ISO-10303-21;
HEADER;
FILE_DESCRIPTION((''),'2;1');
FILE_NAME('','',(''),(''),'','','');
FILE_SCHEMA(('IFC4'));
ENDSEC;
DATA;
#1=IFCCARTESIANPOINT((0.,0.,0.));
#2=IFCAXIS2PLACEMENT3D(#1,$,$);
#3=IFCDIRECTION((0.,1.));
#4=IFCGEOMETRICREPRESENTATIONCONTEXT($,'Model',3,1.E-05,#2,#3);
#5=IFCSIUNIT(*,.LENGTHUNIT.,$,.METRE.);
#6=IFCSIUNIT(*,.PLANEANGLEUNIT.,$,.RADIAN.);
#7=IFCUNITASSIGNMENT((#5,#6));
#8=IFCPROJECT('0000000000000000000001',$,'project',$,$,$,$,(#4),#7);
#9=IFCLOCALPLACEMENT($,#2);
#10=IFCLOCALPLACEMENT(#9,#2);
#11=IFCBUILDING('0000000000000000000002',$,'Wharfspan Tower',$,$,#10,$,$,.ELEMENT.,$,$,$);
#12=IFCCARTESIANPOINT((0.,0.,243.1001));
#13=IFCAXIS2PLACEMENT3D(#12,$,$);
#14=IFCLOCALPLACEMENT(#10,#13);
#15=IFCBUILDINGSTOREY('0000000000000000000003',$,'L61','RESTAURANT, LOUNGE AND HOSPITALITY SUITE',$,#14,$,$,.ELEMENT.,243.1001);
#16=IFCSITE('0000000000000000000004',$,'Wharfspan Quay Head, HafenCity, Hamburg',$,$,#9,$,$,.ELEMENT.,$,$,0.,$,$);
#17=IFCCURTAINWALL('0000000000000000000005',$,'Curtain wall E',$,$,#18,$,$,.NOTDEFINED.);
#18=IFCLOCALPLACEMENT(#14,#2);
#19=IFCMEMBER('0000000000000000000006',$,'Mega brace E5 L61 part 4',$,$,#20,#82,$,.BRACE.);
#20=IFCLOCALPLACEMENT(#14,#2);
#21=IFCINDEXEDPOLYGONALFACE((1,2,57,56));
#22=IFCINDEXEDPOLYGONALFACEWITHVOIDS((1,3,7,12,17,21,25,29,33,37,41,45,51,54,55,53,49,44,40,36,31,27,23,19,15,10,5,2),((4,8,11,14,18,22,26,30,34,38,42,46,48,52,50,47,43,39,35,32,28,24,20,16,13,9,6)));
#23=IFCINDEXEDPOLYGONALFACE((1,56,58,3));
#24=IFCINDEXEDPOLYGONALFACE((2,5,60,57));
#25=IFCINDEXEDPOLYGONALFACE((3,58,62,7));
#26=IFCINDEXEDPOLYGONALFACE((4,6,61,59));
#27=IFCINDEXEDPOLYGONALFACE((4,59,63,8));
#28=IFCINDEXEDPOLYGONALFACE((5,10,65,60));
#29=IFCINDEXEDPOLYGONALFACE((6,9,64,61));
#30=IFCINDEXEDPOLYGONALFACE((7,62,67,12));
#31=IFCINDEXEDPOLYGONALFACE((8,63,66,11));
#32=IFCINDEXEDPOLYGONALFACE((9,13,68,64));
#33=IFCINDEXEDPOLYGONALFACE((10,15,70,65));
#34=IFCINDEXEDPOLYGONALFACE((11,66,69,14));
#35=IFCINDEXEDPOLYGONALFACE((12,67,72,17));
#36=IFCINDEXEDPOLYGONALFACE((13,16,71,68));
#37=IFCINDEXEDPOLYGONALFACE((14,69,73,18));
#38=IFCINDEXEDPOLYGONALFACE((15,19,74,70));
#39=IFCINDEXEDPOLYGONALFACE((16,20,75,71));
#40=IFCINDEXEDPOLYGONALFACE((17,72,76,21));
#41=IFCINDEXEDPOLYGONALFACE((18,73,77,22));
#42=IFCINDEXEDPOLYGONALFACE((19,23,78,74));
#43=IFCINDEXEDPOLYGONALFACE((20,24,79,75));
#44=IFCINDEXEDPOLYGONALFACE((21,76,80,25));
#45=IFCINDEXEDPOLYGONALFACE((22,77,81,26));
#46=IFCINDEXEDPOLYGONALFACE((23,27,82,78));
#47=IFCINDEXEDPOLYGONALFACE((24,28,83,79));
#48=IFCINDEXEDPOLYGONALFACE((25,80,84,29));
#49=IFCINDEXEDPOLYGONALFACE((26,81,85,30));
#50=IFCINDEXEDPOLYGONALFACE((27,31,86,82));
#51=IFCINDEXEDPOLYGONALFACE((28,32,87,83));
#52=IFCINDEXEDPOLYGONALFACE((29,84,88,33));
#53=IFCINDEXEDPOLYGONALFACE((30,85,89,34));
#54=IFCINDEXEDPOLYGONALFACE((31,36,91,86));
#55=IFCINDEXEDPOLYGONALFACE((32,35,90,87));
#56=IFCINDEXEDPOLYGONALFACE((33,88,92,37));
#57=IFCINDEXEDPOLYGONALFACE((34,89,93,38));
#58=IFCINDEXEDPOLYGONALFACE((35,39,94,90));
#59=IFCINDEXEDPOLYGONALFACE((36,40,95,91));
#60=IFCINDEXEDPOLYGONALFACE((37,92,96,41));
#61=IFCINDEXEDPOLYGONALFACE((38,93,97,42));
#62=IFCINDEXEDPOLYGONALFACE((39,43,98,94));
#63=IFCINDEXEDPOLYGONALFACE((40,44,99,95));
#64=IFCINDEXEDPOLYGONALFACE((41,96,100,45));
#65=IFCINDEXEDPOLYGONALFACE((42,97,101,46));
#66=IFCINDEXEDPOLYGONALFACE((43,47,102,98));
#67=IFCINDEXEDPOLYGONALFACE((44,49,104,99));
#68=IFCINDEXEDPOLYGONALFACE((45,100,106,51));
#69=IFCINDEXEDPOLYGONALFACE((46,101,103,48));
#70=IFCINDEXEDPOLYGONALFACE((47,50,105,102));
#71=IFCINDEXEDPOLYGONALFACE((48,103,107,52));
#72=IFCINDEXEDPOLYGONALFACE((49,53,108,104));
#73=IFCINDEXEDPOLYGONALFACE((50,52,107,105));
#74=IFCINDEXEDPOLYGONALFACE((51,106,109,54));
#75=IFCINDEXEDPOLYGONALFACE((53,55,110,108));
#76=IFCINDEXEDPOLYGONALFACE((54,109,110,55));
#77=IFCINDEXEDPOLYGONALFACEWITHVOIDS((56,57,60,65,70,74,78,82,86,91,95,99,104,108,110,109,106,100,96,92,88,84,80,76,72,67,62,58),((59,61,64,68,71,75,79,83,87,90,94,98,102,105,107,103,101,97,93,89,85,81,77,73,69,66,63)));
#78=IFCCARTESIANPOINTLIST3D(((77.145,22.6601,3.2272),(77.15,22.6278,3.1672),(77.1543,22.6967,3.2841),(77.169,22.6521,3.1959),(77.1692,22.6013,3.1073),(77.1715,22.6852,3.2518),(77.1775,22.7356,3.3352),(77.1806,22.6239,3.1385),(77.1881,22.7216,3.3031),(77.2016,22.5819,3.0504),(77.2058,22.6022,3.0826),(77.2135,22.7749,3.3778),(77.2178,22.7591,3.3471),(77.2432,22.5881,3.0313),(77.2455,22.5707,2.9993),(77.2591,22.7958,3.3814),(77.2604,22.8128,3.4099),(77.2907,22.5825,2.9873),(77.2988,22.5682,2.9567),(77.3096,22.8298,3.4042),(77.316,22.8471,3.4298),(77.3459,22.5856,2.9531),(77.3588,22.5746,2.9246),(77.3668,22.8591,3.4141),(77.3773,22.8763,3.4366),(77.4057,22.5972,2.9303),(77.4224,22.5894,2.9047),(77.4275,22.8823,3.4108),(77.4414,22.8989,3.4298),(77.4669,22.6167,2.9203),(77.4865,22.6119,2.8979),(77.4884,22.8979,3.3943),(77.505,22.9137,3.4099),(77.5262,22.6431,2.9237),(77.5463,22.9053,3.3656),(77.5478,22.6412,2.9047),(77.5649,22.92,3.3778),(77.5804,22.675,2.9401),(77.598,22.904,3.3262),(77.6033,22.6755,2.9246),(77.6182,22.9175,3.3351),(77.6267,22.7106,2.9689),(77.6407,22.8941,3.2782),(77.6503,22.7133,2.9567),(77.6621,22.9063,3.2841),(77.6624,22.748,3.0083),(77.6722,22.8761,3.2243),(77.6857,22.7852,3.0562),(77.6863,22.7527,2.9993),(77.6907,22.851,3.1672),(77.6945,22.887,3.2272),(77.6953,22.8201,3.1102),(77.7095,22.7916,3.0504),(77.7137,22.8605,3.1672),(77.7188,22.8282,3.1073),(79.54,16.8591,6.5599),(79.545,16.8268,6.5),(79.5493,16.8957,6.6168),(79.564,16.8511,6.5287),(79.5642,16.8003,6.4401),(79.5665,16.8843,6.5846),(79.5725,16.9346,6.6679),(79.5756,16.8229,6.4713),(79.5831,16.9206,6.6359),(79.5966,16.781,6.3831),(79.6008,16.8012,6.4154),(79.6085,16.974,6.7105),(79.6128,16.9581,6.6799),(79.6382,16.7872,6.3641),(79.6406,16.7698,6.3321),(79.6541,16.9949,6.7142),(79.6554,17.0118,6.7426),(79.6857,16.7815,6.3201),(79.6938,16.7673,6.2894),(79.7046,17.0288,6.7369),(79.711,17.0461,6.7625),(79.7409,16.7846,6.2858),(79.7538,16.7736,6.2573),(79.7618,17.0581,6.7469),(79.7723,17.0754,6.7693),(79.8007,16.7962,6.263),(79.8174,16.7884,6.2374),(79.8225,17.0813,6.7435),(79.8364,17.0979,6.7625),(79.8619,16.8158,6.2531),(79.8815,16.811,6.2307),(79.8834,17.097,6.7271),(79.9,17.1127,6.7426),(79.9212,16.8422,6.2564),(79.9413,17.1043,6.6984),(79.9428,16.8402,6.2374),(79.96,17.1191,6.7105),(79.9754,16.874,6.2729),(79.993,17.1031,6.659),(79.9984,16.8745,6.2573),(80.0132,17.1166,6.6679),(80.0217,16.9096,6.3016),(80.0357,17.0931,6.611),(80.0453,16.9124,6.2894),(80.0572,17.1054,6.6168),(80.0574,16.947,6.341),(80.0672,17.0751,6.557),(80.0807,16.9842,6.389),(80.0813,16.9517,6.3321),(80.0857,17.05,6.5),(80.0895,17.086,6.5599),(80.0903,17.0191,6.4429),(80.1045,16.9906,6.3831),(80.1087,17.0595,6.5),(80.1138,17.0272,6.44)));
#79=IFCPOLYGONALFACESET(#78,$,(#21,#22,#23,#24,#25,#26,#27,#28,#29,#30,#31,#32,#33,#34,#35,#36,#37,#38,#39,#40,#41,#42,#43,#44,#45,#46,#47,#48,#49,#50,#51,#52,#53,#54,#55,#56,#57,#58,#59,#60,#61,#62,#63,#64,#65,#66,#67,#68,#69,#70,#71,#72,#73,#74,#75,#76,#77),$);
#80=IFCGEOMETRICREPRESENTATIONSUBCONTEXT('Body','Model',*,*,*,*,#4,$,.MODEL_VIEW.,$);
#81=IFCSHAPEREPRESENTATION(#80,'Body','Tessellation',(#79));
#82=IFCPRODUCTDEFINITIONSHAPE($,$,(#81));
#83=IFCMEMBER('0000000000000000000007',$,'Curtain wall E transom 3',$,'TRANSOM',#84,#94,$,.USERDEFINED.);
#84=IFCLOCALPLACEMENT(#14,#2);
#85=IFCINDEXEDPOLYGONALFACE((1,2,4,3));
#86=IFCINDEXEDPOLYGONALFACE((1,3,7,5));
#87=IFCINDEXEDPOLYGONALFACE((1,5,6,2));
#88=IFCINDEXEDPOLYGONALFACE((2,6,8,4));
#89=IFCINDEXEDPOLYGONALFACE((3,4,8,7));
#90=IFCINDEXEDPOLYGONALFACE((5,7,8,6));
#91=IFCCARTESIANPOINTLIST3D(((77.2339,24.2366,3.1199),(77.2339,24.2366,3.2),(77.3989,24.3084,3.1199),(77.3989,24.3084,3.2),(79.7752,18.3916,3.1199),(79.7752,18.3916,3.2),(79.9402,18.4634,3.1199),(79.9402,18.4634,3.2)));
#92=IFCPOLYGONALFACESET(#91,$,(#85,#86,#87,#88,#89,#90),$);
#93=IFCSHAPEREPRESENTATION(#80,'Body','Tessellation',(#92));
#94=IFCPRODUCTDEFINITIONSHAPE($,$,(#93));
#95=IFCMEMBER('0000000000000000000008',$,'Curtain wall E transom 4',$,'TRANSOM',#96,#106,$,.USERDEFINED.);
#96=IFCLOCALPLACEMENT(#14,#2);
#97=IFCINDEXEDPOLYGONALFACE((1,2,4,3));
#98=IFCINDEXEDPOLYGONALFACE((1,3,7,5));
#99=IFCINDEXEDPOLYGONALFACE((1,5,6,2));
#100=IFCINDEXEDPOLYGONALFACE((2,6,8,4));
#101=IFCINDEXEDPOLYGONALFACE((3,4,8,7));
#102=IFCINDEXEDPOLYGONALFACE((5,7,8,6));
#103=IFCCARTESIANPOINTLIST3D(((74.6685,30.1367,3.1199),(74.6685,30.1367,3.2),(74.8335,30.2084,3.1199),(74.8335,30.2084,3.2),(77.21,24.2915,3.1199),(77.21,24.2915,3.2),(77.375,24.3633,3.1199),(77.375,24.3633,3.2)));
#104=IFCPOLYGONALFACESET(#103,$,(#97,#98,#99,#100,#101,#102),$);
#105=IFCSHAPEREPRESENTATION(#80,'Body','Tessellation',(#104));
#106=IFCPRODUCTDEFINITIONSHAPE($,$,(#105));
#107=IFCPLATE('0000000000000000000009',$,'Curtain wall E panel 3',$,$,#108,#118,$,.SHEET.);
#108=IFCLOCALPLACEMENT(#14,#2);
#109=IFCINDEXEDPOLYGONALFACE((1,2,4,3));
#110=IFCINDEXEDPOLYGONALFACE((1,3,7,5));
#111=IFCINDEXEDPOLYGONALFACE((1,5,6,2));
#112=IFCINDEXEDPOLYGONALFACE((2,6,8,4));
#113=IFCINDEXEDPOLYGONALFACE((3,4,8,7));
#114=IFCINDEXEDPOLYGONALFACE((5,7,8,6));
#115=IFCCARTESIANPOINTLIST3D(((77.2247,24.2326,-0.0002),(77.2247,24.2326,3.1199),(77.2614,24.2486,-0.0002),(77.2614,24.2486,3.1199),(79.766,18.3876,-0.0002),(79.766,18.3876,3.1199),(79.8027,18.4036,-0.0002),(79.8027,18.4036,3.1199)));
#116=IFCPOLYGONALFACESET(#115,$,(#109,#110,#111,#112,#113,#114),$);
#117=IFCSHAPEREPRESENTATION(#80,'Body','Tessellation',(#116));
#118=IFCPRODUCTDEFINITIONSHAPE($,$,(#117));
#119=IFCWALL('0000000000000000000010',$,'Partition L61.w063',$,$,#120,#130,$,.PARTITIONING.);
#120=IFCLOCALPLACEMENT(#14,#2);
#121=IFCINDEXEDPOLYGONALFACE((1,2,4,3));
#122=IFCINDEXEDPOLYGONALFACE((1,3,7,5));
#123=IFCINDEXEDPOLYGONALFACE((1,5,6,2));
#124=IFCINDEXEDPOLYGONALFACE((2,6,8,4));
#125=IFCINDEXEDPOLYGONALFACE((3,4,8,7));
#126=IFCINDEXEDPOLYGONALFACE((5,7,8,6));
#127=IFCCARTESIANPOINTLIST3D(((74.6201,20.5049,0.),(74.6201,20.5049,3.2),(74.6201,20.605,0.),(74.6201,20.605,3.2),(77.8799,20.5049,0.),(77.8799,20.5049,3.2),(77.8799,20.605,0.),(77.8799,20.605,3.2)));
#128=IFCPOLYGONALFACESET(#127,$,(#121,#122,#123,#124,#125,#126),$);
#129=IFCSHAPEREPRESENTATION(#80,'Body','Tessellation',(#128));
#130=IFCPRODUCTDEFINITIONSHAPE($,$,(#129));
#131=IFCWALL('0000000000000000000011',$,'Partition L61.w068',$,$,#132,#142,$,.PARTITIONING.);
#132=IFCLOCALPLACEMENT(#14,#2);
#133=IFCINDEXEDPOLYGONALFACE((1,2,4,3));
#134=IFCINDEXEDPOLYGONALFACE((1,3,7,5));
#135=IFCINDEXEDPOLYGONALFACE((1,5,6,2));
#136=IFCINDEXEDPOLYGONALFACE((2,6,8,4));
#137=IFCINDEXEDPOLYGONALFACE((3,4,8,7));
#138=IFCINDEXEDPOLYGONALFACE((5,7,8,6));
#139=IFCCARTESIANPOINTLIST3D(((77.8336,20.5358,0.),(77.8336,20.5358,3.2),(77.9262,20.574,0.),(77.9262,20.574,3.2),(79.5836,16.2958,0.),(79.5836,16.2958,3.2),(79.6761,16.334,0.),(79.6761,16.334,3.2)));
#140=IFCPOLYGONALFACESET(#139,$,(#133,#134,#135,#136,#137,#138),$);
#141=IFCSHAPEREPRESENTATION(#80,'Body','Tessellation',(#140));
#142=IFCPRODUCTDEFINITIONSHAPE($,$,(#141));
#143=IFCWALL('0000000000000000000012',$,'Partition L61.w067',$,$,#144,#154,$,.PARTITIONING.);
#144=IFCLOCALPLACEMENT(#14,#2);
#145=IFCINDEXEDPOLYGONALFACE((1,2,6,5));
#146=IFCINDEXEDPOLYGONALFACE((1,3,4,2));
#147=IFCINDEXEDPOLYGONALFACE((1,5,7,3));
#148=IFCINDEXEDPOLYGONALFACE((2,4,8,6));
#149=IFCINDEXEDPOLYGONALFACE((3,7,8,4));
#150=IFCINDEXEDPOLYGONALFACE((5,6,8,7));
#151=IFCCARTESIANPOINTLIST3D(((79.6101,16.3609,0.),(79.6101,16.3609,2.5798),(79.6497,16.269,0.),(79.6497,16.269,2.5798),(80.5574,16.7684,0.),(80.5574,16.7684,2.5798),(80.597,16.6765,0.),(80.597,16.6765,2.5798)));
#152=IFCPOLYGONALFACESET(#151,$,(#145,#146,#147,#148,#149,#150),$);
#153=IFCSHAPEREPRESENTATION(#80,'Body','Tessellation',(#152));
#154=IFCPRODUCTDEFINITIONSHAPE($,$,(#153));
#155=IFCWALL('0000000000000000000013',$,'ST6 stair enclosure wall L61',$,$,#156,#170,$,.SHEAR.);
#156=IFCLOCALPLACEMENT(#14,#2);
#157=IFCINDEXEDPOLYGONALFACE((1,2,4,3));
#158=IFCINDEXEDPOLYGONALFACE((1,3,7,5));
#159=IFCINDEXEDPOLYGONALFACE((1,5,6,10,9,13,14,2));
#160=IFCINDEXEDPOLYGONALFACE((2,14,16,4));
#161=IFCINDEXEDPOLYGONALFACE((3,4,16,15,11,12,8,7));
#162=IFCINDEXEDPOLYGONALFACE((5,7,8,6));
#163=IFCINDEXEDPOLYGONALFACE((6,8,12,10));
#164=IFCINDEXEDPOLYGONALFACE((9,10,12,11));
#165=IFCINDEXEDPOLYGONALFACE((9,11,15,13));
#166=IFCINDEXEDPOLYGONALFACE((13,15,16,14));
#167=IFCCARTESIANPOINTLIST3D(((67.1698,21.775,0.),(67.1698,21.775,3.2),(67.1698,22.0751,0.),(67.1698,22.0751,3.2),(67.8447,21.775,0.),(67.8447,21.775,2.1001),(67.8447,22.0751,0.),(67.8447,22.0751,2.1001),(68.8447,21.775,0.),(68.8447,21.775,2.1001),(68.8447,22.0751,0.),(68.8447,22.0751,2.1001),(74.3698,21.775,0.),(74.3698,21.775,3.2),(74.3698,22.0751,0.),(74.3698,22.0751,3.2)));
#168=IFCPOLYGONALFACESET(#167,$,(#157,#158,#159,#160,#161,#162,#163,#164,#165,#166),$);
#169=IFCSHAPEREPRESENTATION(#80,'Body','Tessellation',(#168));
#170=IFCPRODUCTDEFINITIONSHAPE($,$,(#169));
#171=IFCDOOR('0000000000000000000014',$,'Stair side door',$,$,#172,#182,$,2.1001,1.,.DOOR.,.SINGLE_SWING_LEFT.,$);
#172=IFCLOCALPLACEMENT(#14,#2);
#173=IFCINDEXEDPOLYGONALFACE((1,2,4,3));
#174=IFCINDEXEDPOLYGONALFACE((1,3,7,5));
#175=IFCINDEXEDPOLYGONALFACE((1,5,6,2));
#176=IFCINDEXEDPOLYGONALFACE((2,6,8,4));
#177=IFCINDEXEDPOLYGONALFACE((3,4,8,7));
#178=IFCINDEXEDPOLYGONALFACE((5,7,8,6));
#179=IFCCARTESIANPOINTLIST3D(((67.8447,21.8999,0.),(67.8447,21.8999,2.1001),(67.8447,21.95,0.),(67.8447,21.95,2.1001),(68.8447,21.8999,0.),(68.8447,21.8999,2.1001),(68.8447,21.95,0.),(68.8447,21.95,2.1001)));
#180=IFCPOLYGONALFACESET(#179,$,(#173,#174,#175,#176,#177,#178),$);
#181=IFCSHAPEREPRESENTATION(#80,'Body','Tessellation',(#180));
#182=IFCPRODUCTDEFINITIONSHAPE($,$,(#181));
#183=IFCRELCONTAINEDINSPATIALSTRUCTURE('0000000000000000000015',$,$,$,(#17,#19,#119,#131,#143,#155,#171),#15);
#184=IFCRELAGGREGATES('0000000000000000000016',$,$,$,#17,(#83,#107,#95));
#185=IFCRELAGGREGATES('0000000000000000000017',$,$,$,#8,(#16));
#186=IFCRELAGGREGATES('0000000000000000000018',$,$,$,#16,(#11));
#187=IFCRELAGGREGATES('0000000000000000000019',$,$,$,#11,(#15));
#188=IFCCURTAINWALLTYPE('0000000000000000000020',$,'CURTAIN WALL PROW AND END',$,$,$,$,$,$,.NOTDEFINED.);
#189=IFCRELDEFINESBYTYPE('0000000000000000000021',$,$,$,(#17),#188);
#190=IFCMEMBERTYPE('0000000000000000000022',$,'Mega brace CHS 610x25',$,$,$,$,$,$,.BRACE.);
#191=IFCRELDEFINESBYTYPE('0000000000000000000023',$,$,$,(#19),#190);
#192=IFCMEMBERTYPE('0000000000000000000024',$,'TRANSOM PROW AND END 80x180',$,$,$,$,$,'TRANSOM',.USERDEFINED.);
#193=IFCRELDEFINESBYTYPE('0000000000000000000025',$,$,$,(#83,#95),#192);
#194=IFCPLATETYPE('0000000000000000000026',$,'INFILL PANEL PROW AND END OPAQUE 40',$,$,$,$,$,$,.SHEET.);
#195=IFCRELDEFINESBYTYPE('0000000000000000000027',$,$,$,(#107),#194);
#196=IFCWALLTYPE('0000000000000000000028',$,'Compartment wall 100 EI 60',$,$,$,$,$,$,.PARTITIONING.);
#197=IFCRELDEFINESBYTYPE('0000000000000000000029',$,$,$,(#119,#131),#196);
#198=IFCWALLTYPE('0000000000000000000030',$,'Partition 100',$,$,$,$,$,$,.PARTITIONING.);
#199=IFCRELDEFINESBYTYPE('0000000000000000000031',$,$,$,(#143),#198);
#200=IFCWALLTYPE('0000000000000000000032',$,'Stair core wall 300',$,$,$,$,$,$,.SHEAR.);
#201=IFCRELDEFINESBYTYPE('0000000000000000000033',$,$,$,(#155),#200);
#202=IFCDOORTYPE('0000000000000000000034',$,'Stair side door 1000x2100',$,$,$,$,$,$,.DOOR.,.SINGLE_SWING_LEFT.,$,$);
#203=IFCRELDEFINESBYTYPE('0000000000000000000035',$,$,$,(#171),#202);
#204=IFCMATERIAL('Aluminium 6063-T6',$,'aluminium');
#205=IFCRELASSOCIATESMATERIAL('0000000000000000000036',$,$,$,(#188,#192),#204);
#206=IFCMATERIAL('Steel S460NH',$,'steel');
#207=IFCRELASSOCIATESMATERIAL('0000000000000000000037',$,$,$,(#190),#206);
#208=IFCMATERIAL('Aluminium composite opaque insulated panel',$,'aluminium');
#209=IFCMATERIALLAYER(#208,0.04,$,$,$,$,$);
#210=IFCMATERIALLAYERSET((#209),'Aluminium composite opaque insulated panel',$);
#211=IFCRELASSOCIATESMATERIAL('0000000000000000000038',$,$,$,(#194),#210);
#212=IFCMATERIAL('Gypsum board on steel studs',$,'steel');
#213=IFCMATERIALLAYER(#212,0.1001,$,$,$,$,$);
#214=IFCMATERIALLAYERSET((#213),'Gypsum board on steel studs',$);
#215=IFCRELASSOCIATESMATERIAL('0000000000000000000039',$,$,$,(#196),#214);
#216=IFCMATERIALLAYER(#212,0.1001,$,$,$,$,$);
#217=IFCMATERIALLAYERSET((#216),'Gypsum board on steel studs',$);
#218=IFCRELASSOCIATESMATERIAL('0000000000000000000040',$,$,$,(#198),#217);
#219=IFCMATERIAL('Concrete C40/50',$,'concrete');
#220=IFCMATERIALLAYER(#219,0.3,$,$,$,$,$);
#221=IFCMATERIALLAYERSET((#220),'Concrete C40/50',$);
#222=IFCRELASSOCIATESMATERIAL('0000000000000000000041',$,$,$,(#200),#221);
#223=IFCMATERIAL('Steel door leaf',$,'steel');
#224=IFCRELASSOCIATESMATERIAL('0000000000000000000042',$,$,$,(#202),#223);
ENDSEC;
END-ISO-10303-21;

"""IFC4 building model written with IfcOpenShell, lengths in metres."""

from ifc_helpers import new_model, si_unit, direction, frame, frame_2d, origin, origin_2d, place, context, subcontext, project, spatial, rectangle, hollow_circle, extrude, material, layer, layer_set, material_profile, profile_set, type_object, element, fill, aggregate, save


model = new_model("IFC4")

# Units and contexts
model_context = context("Model", 3, precision=1e-05, world=origin(), true_north=direction((0.0, 1.0)))
body_context = subcontext(model_context, "Body", "Model", "MODEL_VIEW")
ifc_project = project(units=[si_unit("LENGTHUNIT", "METRE"), si_unit("PLANEANGLEUNIT", "RADIAN")], contexts=[model_context])

# Site, building, storey
site_placement = place(None, origin())
site = spatial("IfcSite", under=ifc_project, at=site_placement, Name="Wharfspan Quay Head, HafenCity, Hamburg", CompositionType="ELEMENT", RefElevation=0.0)
building_placement = place(site_placement, origin())
building = spatial("IfcBuilding", under=site, at=building_placement, Name="Wharfspan Tower", CompositionType="ELEMENT")
storey_placement = place(building_placement, frame((0.0, 0.0, 243.1001)))
storey = spatial("IfcBuildingStorey", under=building, at=storey_placement, Name="L61", Description="RESTAURANT, LOUNGE AND HOSPITALITY SUITE", CompositionType="ELEMENT", Elevation=243.1001)

# Curtain wall
ifc_material_1 = material(Name="Aluminium 6063-T6", Category="aluminium")
curtain_wall_type = type_object("IfcCurtainWallType", Name="CURTAIN WALL PROW AND END", PredefinedType="NOTDEFINED", material=ifc_material_1)
curtain_wall_placement = place(storey_placement, origin())
curtain_wall = element("IfcCurtainWall", 1, at=curtain_wall_placement, inside=storey, type_object=curtain_wall_type, Name="Curtain wall E", PredefinedType="NOTDEFINED")

# Member
ifc_material_2 = material(Name="Steel S460NH", Category="steel")
ifc_material_profile_1 = material_profile(ifc_material_2, hollow_circle(Radius=0.3049, WallThickness=0.0249, at=origin_2d()))
ifc_profile_set_1 = profile_set([ifc_material_profile_1], Name="Steel S460NH")
member_type_1 = type_object("IfcMemberType", Name="Mega brace CHS 610x25", PredefinedType="BRACE", material=ifc_profile_set_1)
member_1_placement = place(storey_placement, frame((77.4319, 22.7441, 3.1672), z_axis=(0.337042, -0.816355, 0.469007), x_axis=(0.924324, 0.381616, -0.000004)))
element("IfcMember", 2, at=member_1_placement, inside=storey, type_object=member_type_1, Name="Mega brace E5 L61 part 4", PredefinedType="BRACE", context=body_context, shape_type="SweptSolid", body=[
    extrude(hollow_circle(Radius=0.3049, WallThickness=0.0249, at=origin_2d()), origin(), (0.0, 0.0, 1.0), 7.106),
])

# Members
ifc_material_profile_2 = material_profile(ifc_material_1, rectangle(XDim=0.1799, YDim=0.0801, at=origin_2d()))
ifc_profile_set_2 = profile_set([ifc_material_profile_2], Name="Aluminium 6063-T6")
member_type_2 = type_object("IfcMemberType", Name="TRANSOM PROW AND END 80x180", ElementType="TRANSOM", PredefinedType="USERDEFINED", material=ifc_profile_set_2)
member_2_placement = place(storey_placement, frame((79.8577, 18.4275, 3.1599), z_axis=(-0.398722, 0.917072, 0.0), x_axis=(-0.917072, -0.398722, 0.0)))
member_2 = element("IfcMember", 3, at=member_2_placement, type_object=member_type_2, Name="Curtain wall E transom 3", ObjectType="TRANSOM", PredefinedType="USERDEFINED", context=body_context, shape_type="SweptSolid", body=[
    extrude(rectangle(XDim=0.1799, YDim=0.0801, at=origin_2d()), origin(), (0.0, 0.0, 1.0), 6.3735),
])
member_3_placement = place(storey_placement, frame((77.2925, 24.3274, 3.1599), z_axis=(-0.39874, 0.917064, 0.0), x_axis=(-0.917064, -0.39874, 0.0)))
member_3 = element("IfcMember", 4, at=member_3_placement, type_object=member_type_2, Name="Curtain wall E transom 4", ObjectType="TRANSOM", PredefinedType="USERDEFINED", context=body_context, shape_type="SweptSolid", body=[
    extrude(rectangle(XDim=0.1799, YDim=0.0801, at=origin_2d()), origin(), (0.0, 0.0, 1.0), 6.3738),
])

# Plate
ifc_material_3 = material(Name="Aluminium composite opaque insulated panel", Category="aluminium")
ifc_layer_1 = layer(ifc_material_3, 0.04)
ifc_layer_set_1 = layer_set([ifc_layer_1], Name="Aluminium composite opaque insulated panel")
plate_type = type_object("IfcPlateType", Name="INFILL PANEL PROW AND END OPAQUE 40", PredefinedType="SHEET", material=ifc_layer_set_1)
plate_placement = place(storey_placement, frame((78.5137, 21.3181, -0.0002), z_axis=(0.0, 0.0, 1.0), x_axis=(-0.398727, 0.917072, 0.0)))
plate = element("IfcPlate", 5, at=plate_placement, type_object=plate_type, Name="Curtain wall E panel 3", PredefinedType="SHEET", context=body_context, shape_type="SweptSolid", body=[
    extrude(rectangle(XDim=6.3735, YDim=0.04, at=origin_2d()), origin(), (0.0, 0.0, 1.0), 3.1201),
])
aggregate(curtain_wall, [member_2, plate, member_3])

# Walls
ifc_material_4 = material(Name="Gypsum board on steel studs", Category="steel")
ifc_layer_2 = layer(ifc_material_4, 0.1001)
ifc_layer_set_2 = layer_set([ifc_layer_2], Name="Gypsum board on steel studs")
wall_type_1 = type_object("IfcWallType", Name="Compartment wall 100 EI 60", PredefinedType="PARTITIONING", material=ifc_layer_set_2)
wall_1_placement = place(storey_placement, frame((74.6201, 20.5549, 0.0), z_axis=(0.0, 0.0, 1.0), x_axis=(1.0, 0.0, 0.0)))
element("IfcWall", 6, at=wall_1_placement, inside=storey, type_object=wall_type_1, Name="Partition L61.w063", PredefinedType="PARTITIONING", context=body_context, shape_type="SweptSolid", body=[
    extrude(rectangle(XDim=3.2598, YDim=0.1001, at=frame_2d((1.6299, 0.0))), origin(), (0.0, 0.0, 1.0), 3.2),
])
wall_2_placement = place(storey_placement, frame((79.6299, 16.3149, 0.0), z_axis=(0.0, 0.0, 1.0), x_axis=(-0.381517, 0.924359, 0.0)))
element("IfcWall", 7, at=wall_2_placement, inside=storey, type_object=wall_type_1, Name="Partition L61.w068", PredefinedType="PARTITIONING", context=body_context, shape_type="SweptSolid", body=[
    extrude(rectangle(XDim=4.5869, YDim=0.1001, at=frame_2d((2.2935, 0.0))), origin(), (0.0, 0.0, 1.0), 3.2),
])
ifc_layer_3 = layer(ifc_material_4, 0.1001)
ifc_layer_set_3 = layer_set([ifc_layer_3], Name="Gypsum board on steel studs")
wall_type_2 = type_object("IfcWallType", Name="Partition 100", PredefinedType="PARTITIONING", material=ifc_layer_set_3)
wall_3_placement = place(storey_placement, frame((79.6299, 16.3149, 0.0), z_axis=(0.0, 0.0, 1.0), x_axis=(0.918616, 0.395147, 0.0)))
element("IfcWall", 8, at=wall_3_placement, inside=storey, type_object=wall_type_2, Name="Partition L61.w067", PredefinedType="PARTITIONING", context=body_context, shape_type="SweptSolid", body=[
    extrude(rectangle(XDim=1.0312, YDim=0.1001, at=frame_2d((0.5156, 0.0))), origin(), (0.0, 0.0, 1.0), 2.5798),
])

# Wall, opening, door
ifc_material_5 = material(Name="Concrete C40/50", Category="concrete")
ifc_layer_4 = layer(ifc_material_5, 0.3)
ifc_layer_set_4 = layer_set([ifc_layer_4], Name="Concrete C40/50")
wall_type_3 = type_object("IfcWallType", Name="Stair core wall 300", PredefinedType="SHEAR", material=ifc_layer_set_4)
wall_4_placement = place(storey_placement, frame((67.1697, 21.925, 0.0), z_axis=(0.0, 0.0, 1.0), x_axis=(1.0, 0.0, 0.0)))
wall_4 = element("IfcWall", 9, at=wall_4_placement, inside=storey, type_object=wall_type_3, Name="ST6 stair enclosure wall L61", PredefinedType="SHEAR", context=body_context, shape_type="SweptSolid", body=[
    extrude(rectangle(XDim=7.2, YDim=0.3, at=frame_2d((3.6001, 0.0))), origin(), (0.0, 0.0, 1.0), 3.2),
])
opening_placement = place(wall_4_placement, frame((0.675, 0.0, 0.0)))
opening = element("IfcOpeningElement", 10, at=opening_placement, cuts=wall_4, PredefinedType="OPENING", context=body_context, shape_type="SweptSolid", body=[
    extrude(rectangle(XDim=1.0, YDim=2.1001, at=frame_2d((0.5, 1.05))), frame((0.0, 0.1599, 0.0), z_axis=(0.0, -1.0, 0.0), x_axis=(1.0, 0.0, 0.0)), (0.0, 0.0, 1.0), 0.3201),
])
ifc_material_6 = material(Name="Steel door leaf", Category="steel")
door_type = type_object("IfcDoorType", Name="Stair side door 1000x2100", OperationType="SINGLE_SWING_LEFT", PredefinedType="DOOR", material=ifc_material_6)
door_placement = place(opening_placement, origin())
door = element("IfcDoor", 11, at=door_placement, inside=storey, type_object=door_type, Name="Stair side door", OperationType="SINGLE_SWING_LEFT", OverallHeight=2.1001, OverallWidth=1.0, PredefinedType="DOOR", context=body_context, shape_type="SweptSolid", body=[
    extrude(rectangle(XDim=1.0, YDim=2.1001, at=frame_2d((0.5, 1.05))), frame((0.0, 0.0249, 0.0), z_axis=(0.0, -1.0, 0.0), x_axis=(1.0, 0.0, 0.0)), (0.0, 0.0, 1.0), 0.05),
])
fill(opening, door)

save(model, "model.ifc")
